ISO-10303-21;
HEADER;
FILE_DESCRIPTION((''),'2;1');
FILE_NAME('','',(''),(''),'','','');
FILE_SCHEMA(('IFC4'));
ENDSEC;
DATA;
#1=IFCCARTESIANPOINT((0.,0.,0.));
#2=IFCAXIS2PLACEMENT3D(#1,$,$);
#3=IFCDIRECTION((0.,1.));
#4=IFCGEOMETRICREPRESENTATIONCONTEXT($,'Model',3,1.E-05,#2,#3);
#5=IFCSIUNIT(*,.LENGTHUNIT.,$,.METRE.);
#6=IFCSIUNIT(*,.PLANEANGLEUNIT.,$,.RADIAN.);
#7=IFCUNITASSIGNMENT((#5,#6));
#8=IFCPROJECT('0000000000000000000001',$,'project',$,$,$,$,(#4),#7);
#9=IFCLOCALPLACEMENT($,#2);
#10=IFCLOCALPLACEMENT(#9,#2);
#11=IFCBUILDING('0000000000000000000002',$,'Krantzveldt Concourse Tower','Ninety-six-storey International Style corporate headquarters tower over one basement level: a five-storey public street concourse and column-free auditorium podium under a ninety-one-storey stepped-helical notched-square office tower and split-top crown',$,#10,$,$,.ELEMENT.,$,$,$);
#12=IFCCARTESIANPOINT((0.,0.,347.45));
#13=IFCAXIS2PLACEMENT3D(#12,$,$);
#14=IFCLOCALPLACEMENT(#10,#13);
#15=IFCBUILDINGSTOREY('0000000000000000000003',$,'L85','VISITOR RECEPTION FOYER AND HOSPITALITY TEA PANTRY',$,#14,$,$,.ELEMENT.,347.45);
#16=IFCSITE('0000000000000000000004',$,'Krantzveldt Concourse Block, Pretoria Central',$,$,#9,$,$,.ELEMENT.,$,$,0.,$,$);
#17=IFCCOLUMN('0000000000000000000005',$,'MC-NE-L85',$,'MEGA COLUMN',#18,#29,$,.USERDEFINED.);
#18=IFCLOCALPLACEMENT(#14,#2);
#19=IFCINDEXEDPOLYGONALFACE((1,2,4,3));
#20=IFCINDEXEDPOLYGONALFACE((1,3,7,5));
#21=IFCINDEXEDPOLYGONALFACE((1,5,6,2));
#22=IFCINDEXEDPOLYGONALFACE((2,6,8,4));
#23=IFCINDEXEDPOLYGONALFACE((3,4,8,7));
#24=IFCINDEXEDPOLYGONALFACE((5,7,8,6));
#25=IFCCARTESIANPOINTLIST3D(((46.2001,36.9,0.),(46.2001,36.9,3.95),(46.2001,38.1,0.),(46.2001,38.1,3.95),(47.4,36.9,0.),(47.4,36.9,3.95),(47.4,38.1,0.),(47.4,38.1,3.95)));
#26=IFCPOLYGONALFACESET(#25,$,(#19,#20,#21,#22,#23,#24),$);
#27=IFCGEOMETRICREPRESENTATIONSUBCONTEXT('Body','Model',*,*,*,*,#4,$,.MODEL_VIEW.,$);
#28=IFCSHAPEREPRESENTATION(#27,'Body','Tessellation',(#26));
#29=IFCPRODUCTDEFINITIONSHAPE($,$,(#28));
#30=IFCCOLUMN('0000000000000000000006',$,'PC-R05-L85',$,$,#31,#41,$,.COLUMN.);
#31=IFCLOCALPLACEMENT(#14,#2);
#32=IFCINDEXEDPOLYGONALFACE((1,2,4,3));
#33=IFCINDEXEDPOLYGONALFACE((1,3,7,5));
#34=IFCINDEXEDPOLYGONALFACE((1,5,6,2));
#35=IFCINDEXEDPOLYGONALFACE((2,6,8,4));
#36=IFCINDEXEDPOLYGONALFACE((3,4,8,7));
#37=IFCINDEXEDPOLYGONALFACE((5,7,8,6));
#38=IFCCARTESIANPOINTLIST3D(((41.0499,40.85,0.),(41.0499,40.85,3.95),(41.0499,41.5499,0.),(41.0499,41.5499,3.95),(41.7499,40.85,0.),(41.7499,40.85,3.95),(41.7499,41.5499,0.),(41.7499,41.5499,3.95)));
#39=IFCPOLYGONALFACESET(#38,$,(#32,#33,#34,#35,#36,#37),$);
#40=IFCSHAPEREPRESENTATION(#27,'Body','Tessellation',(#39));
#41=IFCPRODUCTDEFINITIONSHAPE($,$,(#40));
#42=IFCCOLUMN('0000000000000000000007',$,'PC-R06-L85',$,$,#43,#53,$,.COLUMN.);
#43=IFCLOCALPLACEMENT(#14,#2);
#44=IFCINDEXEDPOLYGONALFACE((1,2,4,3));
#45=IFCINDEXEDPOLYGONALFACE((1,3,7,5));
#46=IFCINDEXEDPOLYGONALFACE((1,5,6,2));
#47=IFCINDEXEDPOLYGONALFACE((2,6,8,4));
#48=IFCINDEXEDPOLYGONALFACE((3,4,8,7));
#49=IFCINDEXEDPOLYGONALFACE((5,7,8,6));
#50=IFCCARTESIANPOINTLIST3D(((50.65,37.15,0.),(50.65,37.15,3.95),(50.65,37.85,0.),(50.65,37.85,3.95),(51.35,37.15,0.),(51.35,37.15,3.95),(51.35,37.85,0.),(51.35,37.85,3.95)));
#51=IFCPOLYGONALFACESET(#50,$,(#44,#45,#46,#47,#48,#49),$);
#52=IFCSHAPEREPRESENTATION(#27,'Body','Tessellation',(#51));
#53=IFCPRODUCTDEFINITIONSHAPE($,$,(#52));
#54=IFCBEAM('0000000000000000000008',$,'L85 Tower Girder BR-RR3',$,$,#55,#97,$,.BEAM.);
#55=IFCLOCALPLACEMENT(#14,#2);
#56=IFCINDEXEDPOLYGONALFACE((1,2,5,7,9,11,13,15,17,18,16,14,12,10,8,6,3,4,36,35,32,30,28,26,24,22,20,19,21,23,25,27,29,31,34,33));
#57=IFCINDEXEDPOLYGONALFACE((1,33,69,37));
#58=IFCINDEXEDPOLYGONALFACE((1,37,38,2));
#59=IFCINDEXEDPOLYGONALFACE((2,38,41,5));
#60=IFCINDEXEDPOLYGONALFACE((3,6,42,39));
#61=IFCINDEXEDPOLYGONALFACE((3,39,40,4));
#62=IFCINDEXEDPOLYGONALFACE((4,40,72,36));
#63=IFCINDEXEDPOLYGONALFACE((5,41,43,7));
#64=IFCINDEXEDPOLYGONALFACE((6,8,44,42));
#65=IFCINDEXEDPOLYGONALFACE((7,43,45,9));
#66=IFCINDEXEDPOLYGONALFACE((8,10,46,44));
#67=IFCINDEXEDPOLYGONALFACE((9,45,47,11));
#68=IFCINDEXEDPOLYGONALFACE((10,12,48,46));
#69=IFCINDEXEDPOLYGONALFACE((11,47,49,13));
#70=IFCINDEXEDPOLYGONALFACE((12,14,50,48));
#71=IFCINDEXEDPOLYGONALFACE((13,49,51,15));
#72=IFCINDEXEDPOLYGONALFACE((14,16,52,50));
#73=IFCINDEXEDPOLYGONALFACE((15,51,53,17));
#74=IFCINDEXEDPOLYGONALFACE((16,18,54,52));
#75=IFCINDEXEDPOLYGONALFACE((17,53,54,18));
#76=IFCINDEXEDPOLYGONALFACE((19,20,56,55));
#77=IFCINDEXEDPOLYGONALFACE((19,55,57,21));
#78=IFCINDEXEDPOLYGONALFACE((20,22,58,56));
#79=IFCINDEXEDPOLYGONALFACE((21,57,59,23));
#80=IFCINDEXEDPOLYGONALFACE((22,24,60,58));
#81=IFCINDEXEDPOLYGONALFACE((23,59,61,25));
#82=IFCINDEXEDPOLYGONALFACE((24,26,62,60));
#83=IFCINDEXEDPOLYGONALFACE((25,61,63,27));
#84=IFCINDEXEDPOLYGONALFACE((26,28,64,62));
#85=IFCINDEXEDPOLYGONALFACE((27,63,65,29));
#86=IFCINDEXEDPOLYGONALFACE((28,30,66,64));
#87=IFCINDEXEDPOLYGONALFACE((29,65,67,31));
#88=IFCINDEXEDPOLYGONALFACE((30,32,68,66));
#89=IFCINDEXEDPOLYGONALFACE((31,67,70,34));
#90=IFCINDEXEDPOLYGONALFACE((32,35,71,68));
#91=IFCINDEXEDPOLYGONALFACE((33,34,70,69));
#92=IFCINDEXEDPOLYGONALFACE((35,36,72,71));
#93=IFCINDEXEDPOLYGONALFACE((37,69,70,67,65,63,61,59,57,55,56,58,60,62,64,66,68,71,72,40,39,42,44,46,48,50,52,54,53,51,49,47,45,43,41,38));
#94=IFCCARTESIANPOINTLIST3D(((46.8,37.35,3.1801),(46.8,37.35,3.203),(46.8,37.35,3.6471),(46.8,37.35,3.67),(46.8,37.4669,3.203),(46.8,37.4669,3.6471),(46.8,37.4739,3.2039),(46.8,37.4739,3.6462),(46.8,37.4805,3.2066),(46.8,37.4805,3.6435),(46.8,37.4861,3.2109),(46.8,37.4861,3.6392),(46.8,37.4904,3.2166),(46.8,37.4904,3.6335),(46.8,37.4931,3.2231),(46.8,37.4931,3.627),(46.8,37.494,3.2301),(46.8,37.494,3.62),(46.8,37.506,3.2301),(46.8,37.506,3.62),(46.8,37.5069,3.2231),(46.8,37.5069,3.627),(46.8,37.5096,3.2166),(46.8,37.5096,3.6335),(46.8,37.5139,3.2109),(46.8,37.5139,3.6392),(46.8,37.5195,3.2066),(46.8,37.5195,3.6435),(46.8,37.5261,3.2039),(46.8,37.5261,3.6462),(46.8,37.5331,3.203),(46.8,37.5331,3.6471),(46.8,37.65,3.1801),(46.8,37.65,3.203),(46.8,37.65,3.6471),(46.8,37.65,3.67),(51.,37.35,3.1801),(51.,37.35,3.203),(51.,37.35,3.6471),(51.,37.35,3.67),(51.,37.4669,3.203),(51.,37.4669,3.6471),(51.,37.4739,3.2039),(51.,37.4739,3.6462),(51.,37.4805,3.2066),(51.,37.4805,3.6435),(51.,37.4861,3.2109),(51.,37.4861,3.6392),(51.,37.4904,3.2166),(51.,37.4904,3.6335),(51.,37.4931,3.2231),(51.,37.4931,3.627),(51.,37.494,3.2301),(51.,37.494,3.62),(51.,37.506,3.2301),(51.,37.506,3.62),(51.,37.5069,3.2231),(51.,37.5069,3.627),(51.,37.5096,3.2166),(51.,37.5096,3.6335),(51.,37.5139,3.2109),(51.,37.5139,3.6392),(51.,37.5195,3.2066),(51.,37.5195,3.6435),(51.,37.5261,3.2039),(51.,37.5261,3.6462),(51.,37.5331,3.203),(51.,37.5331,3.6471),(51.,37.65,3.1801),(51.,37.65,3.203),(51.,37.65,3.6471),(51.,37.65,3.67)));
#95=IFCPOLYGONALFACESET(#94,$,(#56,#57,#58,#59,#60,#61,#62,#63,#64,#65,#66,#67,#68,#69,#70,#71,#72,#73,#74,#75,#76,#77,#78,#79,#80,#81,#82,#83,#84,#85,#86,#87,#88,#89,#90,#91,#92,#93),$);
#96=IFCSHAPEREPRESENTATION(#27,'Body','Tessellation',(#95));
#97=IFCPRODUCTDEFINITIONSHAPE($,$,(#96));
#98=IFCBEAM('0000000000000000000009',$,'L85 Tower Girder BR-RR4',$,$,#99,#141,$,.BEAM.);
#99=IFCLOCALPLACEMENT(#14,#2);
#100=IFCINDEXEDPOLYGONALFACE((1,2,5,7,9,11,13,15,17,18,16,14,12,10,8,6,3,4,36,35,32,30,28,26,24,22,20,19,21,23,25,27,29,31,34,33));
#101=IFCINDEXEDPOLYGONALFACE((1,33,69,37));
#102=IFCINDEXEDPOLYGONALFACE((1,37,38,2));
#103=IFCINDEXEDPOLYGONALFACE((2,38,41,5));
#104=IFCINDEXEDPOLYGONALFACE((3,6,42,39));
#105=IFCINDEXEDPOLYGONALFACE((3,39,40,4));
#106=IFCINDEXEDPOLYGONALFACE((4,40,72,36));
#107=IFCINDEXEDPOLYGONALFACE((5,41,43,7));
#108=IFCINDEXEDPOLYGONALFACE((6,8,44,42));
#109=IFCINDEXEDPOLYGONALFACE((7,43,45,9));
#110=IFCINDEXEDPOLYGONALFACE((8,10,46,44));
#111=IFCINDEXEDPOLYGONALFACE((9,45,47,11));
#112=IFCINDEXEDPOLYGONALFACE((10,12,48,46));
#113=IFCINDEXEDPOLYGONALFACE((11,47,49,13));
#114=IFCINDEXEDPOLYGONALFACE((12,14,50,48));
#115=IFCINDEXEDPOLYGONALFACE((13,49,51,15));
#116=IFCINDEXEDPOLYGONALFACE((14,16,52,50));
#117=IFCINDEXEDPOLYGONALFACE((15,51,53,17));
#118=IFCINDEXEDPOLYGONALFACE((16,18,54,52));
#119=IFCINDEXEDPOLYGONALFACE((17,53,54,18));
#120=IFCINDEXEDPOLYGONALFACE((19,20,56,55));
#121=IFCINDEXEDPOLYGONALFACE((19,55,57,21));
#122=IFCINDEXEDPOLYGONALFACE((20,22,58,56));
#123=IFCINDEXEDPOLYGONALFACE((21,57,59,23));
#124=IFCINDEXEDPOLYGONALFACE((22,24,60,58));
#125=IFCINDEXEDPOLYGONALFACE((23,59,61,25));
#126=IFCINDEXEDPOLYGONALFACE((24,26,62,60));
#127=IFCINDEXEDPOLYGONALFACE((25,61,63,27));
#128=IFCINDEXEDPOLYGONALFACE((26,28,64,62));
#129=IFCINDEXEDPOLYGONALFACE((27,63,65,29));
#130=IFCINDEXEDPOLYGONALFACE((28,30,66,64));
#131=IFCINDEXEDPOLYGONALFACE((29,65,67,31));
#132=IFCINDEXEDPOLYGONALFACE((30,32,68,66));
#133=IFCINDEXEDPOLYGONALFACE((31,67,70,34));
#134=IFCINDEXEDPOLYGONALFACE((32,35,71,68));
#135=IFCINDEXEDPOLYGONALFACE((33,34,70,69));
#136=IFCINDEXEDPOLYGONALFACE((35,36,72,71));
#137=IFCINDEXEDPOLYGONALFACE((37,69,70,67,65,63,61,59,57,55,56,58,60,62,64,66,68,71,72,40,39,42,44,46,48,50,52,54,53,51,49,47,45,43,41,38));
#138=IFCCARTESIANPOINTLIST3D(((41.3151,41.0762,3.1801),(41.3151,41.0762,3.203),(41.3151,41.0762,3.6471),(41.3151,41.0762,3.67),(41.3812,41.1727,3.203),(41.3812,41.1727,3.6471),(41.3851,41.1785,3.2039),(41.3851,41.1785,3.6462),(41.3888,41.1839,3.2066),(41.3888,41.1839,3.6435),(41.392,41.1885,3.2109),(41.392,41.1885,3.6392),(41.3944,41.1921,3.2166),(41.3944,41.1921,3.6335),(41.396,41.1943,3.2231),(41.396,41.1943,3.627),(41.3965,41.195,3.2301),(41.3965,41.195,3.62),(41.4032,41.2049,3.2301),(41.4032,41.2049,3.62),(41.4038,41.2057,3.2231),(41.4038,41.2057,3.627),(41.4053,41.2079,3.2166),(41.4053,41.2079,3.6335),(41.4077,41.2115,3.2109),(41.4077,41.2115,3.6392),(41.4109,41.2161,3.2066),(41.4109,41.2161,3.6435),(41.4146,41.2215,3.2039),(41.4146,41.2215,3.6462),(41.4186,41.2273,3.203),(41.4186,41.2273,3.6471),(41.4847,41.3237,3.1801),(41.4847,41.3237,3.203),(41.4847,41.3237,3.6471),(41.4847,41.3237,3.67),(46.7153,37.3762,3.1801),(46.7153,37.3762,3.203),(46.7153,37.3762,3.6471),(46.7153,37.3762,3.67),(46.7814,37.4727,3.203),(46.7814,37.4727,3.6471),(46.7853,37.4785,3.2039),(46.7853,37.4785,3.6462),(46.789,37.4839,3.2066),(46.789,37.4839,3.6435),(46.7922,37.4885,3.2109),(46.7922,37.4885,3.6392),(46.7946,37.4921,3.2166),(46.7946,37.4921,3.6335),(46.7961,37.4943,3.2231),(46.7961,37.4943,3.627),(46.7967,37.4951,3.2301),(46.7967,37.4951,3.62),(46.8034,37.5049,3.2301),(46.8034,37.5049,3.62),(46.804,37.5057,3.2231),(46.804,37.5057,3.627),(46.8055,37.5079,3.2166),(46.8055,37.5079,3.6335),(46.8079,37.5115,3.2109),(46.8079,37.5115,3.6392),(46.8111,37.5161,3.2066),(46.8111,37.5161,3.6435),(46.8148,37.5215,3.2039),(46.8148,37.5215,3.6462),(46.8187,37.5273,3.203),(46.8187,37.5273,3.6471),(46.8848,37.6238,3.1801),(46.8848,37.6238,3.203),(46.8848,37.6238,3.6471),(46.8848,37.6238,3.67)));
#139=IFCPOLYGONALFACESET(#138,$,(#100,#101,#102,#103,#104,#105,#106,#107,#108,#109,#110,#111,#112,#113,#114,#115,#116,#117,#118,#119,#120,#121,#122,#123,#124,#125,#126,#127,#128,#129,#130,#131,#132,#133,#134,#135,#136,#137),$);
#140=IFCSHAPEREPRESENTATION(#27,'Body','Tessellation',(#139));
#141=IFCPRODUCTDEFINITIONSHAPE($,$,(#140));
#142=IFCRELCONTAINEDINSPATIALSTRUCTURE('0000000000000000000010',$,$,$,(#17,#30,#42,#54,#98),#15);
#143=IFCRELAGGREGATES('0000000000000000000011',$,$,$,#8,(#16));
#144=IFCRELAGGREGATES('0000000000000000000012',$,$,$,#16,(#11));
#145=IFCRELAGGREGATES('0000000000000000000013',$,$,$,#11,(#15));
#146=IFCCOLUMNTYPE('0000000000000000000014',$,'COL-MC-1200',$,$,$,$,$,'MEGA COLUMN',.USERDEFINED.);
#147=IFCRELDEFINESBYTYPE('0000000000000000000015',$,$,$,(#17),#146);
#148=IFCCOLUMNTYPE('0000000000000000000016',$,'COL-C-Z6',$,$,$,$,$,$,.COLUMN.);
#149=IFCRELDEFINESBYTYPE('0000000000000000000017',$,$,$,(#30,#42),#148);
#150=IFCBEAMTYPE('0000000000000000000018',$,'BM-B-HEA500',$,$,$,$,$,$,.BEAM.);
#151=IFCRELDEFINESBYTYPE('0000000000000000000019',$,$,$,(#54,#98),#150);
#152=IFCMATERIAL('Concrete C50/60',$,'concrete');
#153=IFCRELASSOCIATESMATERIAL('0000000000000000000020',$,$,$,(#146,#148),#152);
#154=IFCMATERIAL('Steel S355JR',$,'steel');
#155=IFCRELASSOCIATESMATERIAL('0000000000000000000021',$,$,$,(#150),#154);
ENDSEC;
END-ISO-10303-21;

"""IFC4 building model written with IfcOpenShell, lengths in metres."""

from ifc_helpers import new_model, si_unit, direction, frame, origin, origin_2d, place, context, subcontext, project, spatial, rectangle, i_section, extrude, source, transform, mapped, material, material_profile, profile_set, type_object, type_shapes, element, save


model = new_model("IFC4")

# Units and contexts
model_context = context("Model", 3, precision=1e-05, world=origin(), true_north=direction((0.0, 1.0)))
body_context = subcontext(model_context, "Body", "Model", "MODEL_VIEW")
ifc_project = project(units=[si_unit("LENGTHUNIT", "METRE"), si_unit("PLANEANGLEUNIT", "RADIAN")], contexts=[model_context])

# Site, building, storey
site_placement = place(None, origin())
site = spatial("IfcSite", under=ifc_project, at=site_placement, Name="Krantzveldt Concourse Block, Pretoria Central", CompositionType="ELEMENT", RefElevation=0.0)
building_placement = place(site_placement, origin())
building = spatial("IfcBuilding", under=site, at=building_placement, Name="Krantzveldt Concourse Tower", Description="Ninety-six-storey International Style corporate headquarters tower over one basement level: a five-storey public street concourse and column-free auditorium podium under a ninety-one-storey stepped-helical notched-square office tower and split-top crown", CompositionType="ELEMENT")
storey_placement = place(building_placement, frame((0.0, 0.0, 347.45)))
storey = spatial("IfcBuildingStorey", under=building, at=storey_placement, Name="L85", Description="VISITOR RECEPTION FOYER AND HOSPITALITY TEA PANTRY", CompositionType="ELEMENT", Elevation=347.45)

# Columns
ifc_material_1 = material(Name="Concrete C50/60", Category="concrete")
ifc_material_profile_1 = material_profile(ifc_material_1, rectangle(XDim=1.2, YDim=1.2, at=origin_2d()), Name="Concrete C50/60", Category="concrete")
ifc_profile_set_1 = profile_set([ifc_material_profile_1], Name="Concrete C50/60 - RC 1200x1200")
column_type_1 = type_object("IfcColumnType", Name="COL-MC-1200", ElementType="MEGA COLUMN", PredefinedType="USERDEFINED", material=ifc_profile_set_1)
shared_shape_1 = source(origin(), body_context, "Body", "SweptSolid", [
    extrude(rectangle(XDim=1.2, YDim=1.2, at=origin_2d()), origin(), (0.0, 0.0, 1.0), 3.95),
])
type_shapes(column_type_1, [shared_shape_1])
column_placement = place(storey_placement, frame((46.8, 37.5, 0.0), z_axis=(0.0, 0.0, 1.0), x_axis=(1.0, 0.0, 0.0)))
element("IfcColumn", 1, at=column_placement, inside=storey, type_object=column_type_1, Name="MC-NE-L85", ObjectType="MEGA COLUMN", PredefinedType="USERDEFINED", context=body_context, shape_type="MappedRepresentation", body=[
    mapped(shared_shape_1, transform((0.0, 0.0, 0.0), x_axis=(1.0, 0.0, 0.0), y_axis=(0.0, 1.0, 0.0), z_axis=(0.0, 0.0, 1.0), scale=1.0)),
])
ifc_material_profile_2 = material_profile(ifc_material_1, rectangle(XDim=0.7, YDim=0.7, at=origin_2d()), Name="Concrete C50/60", Category="concrete")
ifc_profile_set_2 = profile_set([ifc_material_profile_2], Name="Concrete C50/60 - RC 700x700")
column_type_2 = type_object("IfcColumnType", Name="COL-C-Z6", PredefinedType="COLUMN", material=ifc_profile_set_2)
shared_shape_2 = source(origin(), body_context, "Body", "SweptSolid", [
    extrude(rectangle(XDim=0.7, YDim=0.7, at=origin_2d()), origin(), (0.0, 0.0, 1.0), 3.95),
])
type_shapes(column_type_2, [shared_shape_2])
for number, where, z_axis, x_axis, name in (
    (2, (41.3999, 41.2, 0.0), (0.0, 0.0, 1.0), (1.0, 0.0, 0.0), "PC-R05-L85"),
    (3, (51.0, 37.5, 0.0), (0.0, 0.0, 1.0), (1.0, 0.0, 0.0), "PC-R06-L85"),
):
    element("IfcColumn", number, at=place(storey_placement, frame(where, z_axis=z_axis, x_axis=x_axis)), inside=storey, type_object=column_type_2, Name=name, PredefinedType="COLUMN", context=body_context, shape_type="MappedRepresentation", body=[
        mapped(shared_shape_2, transform((0.0, 0.0, 0.0), x_axis=(1.0, 0.0, 0.0), y_axis=(0.0, 1.0, 0.0), z_axis=(0.0, 0.0, 1.0), scale=1.0)),
    ])

# Beams
ifc_material_2 = material(Name="Steel S355JR", Category="steel")
ifc_material_profile_3 = material_profile(ifc_material_2, i_section(OverallWidth=0.3, OverallDepth=0.49, WebThickness=0.012, FlangeThickness=0.0229, FilletRadius=0.0271, at=origin_2d()), Name="Steel S355JR", Category="steel")
ifc_profile_set_3 = profile_set([ifc_material_profile_3], Name="Steel S355JR - HEA 500")
beam_type_1 = type_object("IfcBeamType", Name="BM-B-HEA500", PredefinedType="BEAM", material=ifc_profile_set_3)
shared_shape_3 = source(origin(), body_context, "Body", "SweptSolid", [
    extrude(i_section(OverallWidth=0.3, OverallDepth=0.49, WebThickness=0.012, FlangeThickness=0.0229, FilletRadius=0.0271, at=origin_2d()), origin(), (0.0, 0.0, 1.0), 4.2),
])
beam_1_placement = place(storey_placement, frame((46.8, 37.5, 3.425), z_axis=(1.0, 0.0, 0.0), x_axis=(0.0, 1.0, 0.0)))
element("IfcBeam", 4, at=beam_1_placement, inside=storey, type_object=beam_type_1, Name="L85 Tower Girder BR-RR3", PredefinedType="BEAM", context=body_context, shape_type="MappedRepresentation", body=[
    mapped(shared_shape_3, transform((0.0, 0.0, 0.0), x_axis=(1.0, 0.0, 0.0), y_axis=(0.0, 1.0, 0.0), z_axis=(0.0, 0.0, 1.0), scale=1.0)),
])
shared_shape_4 = source(origin(), body_context, "Body", "SweptSolid", [
    extrude(i_section(OverallWidth=0.3, OverallDepth=0.49, WebThickness=0.012, FlangeThickness=0.0229, FilletRadius=0.0271, at=origin_2d()), origin(), (0.0, 0.0, 1.0), 6.5461),
])
type_shapes(beam_type_1, [shared_shape_3, shared_shape_4])
beam_2_placement = place(storey_placement, frame((46.8, 37.5, 3.425), z_axis=(-0.824943, 0.565216, 0.0), x_axis=(-0.565216, -0.824943, 0.0)))
element("IfcBeam", 5, at=beam_2_placement, inside=storey, type_object=beam_type_1, Name="L85 Tower Girder BR-RR4", PredefinedType="BEAM", context=body_context, shape_type="MappedRepresentation", body=[
    mapped(shared_shape_4, transform((0.0, 0.0, 0.0), x_axis=(1.0, 0.0, 0.0), y_axis=(0.0, 1.0, 0.0), z_axis=(0.0, 0.0, 1.0), scale=1.0)),
])

save(model, "model.ifc")
